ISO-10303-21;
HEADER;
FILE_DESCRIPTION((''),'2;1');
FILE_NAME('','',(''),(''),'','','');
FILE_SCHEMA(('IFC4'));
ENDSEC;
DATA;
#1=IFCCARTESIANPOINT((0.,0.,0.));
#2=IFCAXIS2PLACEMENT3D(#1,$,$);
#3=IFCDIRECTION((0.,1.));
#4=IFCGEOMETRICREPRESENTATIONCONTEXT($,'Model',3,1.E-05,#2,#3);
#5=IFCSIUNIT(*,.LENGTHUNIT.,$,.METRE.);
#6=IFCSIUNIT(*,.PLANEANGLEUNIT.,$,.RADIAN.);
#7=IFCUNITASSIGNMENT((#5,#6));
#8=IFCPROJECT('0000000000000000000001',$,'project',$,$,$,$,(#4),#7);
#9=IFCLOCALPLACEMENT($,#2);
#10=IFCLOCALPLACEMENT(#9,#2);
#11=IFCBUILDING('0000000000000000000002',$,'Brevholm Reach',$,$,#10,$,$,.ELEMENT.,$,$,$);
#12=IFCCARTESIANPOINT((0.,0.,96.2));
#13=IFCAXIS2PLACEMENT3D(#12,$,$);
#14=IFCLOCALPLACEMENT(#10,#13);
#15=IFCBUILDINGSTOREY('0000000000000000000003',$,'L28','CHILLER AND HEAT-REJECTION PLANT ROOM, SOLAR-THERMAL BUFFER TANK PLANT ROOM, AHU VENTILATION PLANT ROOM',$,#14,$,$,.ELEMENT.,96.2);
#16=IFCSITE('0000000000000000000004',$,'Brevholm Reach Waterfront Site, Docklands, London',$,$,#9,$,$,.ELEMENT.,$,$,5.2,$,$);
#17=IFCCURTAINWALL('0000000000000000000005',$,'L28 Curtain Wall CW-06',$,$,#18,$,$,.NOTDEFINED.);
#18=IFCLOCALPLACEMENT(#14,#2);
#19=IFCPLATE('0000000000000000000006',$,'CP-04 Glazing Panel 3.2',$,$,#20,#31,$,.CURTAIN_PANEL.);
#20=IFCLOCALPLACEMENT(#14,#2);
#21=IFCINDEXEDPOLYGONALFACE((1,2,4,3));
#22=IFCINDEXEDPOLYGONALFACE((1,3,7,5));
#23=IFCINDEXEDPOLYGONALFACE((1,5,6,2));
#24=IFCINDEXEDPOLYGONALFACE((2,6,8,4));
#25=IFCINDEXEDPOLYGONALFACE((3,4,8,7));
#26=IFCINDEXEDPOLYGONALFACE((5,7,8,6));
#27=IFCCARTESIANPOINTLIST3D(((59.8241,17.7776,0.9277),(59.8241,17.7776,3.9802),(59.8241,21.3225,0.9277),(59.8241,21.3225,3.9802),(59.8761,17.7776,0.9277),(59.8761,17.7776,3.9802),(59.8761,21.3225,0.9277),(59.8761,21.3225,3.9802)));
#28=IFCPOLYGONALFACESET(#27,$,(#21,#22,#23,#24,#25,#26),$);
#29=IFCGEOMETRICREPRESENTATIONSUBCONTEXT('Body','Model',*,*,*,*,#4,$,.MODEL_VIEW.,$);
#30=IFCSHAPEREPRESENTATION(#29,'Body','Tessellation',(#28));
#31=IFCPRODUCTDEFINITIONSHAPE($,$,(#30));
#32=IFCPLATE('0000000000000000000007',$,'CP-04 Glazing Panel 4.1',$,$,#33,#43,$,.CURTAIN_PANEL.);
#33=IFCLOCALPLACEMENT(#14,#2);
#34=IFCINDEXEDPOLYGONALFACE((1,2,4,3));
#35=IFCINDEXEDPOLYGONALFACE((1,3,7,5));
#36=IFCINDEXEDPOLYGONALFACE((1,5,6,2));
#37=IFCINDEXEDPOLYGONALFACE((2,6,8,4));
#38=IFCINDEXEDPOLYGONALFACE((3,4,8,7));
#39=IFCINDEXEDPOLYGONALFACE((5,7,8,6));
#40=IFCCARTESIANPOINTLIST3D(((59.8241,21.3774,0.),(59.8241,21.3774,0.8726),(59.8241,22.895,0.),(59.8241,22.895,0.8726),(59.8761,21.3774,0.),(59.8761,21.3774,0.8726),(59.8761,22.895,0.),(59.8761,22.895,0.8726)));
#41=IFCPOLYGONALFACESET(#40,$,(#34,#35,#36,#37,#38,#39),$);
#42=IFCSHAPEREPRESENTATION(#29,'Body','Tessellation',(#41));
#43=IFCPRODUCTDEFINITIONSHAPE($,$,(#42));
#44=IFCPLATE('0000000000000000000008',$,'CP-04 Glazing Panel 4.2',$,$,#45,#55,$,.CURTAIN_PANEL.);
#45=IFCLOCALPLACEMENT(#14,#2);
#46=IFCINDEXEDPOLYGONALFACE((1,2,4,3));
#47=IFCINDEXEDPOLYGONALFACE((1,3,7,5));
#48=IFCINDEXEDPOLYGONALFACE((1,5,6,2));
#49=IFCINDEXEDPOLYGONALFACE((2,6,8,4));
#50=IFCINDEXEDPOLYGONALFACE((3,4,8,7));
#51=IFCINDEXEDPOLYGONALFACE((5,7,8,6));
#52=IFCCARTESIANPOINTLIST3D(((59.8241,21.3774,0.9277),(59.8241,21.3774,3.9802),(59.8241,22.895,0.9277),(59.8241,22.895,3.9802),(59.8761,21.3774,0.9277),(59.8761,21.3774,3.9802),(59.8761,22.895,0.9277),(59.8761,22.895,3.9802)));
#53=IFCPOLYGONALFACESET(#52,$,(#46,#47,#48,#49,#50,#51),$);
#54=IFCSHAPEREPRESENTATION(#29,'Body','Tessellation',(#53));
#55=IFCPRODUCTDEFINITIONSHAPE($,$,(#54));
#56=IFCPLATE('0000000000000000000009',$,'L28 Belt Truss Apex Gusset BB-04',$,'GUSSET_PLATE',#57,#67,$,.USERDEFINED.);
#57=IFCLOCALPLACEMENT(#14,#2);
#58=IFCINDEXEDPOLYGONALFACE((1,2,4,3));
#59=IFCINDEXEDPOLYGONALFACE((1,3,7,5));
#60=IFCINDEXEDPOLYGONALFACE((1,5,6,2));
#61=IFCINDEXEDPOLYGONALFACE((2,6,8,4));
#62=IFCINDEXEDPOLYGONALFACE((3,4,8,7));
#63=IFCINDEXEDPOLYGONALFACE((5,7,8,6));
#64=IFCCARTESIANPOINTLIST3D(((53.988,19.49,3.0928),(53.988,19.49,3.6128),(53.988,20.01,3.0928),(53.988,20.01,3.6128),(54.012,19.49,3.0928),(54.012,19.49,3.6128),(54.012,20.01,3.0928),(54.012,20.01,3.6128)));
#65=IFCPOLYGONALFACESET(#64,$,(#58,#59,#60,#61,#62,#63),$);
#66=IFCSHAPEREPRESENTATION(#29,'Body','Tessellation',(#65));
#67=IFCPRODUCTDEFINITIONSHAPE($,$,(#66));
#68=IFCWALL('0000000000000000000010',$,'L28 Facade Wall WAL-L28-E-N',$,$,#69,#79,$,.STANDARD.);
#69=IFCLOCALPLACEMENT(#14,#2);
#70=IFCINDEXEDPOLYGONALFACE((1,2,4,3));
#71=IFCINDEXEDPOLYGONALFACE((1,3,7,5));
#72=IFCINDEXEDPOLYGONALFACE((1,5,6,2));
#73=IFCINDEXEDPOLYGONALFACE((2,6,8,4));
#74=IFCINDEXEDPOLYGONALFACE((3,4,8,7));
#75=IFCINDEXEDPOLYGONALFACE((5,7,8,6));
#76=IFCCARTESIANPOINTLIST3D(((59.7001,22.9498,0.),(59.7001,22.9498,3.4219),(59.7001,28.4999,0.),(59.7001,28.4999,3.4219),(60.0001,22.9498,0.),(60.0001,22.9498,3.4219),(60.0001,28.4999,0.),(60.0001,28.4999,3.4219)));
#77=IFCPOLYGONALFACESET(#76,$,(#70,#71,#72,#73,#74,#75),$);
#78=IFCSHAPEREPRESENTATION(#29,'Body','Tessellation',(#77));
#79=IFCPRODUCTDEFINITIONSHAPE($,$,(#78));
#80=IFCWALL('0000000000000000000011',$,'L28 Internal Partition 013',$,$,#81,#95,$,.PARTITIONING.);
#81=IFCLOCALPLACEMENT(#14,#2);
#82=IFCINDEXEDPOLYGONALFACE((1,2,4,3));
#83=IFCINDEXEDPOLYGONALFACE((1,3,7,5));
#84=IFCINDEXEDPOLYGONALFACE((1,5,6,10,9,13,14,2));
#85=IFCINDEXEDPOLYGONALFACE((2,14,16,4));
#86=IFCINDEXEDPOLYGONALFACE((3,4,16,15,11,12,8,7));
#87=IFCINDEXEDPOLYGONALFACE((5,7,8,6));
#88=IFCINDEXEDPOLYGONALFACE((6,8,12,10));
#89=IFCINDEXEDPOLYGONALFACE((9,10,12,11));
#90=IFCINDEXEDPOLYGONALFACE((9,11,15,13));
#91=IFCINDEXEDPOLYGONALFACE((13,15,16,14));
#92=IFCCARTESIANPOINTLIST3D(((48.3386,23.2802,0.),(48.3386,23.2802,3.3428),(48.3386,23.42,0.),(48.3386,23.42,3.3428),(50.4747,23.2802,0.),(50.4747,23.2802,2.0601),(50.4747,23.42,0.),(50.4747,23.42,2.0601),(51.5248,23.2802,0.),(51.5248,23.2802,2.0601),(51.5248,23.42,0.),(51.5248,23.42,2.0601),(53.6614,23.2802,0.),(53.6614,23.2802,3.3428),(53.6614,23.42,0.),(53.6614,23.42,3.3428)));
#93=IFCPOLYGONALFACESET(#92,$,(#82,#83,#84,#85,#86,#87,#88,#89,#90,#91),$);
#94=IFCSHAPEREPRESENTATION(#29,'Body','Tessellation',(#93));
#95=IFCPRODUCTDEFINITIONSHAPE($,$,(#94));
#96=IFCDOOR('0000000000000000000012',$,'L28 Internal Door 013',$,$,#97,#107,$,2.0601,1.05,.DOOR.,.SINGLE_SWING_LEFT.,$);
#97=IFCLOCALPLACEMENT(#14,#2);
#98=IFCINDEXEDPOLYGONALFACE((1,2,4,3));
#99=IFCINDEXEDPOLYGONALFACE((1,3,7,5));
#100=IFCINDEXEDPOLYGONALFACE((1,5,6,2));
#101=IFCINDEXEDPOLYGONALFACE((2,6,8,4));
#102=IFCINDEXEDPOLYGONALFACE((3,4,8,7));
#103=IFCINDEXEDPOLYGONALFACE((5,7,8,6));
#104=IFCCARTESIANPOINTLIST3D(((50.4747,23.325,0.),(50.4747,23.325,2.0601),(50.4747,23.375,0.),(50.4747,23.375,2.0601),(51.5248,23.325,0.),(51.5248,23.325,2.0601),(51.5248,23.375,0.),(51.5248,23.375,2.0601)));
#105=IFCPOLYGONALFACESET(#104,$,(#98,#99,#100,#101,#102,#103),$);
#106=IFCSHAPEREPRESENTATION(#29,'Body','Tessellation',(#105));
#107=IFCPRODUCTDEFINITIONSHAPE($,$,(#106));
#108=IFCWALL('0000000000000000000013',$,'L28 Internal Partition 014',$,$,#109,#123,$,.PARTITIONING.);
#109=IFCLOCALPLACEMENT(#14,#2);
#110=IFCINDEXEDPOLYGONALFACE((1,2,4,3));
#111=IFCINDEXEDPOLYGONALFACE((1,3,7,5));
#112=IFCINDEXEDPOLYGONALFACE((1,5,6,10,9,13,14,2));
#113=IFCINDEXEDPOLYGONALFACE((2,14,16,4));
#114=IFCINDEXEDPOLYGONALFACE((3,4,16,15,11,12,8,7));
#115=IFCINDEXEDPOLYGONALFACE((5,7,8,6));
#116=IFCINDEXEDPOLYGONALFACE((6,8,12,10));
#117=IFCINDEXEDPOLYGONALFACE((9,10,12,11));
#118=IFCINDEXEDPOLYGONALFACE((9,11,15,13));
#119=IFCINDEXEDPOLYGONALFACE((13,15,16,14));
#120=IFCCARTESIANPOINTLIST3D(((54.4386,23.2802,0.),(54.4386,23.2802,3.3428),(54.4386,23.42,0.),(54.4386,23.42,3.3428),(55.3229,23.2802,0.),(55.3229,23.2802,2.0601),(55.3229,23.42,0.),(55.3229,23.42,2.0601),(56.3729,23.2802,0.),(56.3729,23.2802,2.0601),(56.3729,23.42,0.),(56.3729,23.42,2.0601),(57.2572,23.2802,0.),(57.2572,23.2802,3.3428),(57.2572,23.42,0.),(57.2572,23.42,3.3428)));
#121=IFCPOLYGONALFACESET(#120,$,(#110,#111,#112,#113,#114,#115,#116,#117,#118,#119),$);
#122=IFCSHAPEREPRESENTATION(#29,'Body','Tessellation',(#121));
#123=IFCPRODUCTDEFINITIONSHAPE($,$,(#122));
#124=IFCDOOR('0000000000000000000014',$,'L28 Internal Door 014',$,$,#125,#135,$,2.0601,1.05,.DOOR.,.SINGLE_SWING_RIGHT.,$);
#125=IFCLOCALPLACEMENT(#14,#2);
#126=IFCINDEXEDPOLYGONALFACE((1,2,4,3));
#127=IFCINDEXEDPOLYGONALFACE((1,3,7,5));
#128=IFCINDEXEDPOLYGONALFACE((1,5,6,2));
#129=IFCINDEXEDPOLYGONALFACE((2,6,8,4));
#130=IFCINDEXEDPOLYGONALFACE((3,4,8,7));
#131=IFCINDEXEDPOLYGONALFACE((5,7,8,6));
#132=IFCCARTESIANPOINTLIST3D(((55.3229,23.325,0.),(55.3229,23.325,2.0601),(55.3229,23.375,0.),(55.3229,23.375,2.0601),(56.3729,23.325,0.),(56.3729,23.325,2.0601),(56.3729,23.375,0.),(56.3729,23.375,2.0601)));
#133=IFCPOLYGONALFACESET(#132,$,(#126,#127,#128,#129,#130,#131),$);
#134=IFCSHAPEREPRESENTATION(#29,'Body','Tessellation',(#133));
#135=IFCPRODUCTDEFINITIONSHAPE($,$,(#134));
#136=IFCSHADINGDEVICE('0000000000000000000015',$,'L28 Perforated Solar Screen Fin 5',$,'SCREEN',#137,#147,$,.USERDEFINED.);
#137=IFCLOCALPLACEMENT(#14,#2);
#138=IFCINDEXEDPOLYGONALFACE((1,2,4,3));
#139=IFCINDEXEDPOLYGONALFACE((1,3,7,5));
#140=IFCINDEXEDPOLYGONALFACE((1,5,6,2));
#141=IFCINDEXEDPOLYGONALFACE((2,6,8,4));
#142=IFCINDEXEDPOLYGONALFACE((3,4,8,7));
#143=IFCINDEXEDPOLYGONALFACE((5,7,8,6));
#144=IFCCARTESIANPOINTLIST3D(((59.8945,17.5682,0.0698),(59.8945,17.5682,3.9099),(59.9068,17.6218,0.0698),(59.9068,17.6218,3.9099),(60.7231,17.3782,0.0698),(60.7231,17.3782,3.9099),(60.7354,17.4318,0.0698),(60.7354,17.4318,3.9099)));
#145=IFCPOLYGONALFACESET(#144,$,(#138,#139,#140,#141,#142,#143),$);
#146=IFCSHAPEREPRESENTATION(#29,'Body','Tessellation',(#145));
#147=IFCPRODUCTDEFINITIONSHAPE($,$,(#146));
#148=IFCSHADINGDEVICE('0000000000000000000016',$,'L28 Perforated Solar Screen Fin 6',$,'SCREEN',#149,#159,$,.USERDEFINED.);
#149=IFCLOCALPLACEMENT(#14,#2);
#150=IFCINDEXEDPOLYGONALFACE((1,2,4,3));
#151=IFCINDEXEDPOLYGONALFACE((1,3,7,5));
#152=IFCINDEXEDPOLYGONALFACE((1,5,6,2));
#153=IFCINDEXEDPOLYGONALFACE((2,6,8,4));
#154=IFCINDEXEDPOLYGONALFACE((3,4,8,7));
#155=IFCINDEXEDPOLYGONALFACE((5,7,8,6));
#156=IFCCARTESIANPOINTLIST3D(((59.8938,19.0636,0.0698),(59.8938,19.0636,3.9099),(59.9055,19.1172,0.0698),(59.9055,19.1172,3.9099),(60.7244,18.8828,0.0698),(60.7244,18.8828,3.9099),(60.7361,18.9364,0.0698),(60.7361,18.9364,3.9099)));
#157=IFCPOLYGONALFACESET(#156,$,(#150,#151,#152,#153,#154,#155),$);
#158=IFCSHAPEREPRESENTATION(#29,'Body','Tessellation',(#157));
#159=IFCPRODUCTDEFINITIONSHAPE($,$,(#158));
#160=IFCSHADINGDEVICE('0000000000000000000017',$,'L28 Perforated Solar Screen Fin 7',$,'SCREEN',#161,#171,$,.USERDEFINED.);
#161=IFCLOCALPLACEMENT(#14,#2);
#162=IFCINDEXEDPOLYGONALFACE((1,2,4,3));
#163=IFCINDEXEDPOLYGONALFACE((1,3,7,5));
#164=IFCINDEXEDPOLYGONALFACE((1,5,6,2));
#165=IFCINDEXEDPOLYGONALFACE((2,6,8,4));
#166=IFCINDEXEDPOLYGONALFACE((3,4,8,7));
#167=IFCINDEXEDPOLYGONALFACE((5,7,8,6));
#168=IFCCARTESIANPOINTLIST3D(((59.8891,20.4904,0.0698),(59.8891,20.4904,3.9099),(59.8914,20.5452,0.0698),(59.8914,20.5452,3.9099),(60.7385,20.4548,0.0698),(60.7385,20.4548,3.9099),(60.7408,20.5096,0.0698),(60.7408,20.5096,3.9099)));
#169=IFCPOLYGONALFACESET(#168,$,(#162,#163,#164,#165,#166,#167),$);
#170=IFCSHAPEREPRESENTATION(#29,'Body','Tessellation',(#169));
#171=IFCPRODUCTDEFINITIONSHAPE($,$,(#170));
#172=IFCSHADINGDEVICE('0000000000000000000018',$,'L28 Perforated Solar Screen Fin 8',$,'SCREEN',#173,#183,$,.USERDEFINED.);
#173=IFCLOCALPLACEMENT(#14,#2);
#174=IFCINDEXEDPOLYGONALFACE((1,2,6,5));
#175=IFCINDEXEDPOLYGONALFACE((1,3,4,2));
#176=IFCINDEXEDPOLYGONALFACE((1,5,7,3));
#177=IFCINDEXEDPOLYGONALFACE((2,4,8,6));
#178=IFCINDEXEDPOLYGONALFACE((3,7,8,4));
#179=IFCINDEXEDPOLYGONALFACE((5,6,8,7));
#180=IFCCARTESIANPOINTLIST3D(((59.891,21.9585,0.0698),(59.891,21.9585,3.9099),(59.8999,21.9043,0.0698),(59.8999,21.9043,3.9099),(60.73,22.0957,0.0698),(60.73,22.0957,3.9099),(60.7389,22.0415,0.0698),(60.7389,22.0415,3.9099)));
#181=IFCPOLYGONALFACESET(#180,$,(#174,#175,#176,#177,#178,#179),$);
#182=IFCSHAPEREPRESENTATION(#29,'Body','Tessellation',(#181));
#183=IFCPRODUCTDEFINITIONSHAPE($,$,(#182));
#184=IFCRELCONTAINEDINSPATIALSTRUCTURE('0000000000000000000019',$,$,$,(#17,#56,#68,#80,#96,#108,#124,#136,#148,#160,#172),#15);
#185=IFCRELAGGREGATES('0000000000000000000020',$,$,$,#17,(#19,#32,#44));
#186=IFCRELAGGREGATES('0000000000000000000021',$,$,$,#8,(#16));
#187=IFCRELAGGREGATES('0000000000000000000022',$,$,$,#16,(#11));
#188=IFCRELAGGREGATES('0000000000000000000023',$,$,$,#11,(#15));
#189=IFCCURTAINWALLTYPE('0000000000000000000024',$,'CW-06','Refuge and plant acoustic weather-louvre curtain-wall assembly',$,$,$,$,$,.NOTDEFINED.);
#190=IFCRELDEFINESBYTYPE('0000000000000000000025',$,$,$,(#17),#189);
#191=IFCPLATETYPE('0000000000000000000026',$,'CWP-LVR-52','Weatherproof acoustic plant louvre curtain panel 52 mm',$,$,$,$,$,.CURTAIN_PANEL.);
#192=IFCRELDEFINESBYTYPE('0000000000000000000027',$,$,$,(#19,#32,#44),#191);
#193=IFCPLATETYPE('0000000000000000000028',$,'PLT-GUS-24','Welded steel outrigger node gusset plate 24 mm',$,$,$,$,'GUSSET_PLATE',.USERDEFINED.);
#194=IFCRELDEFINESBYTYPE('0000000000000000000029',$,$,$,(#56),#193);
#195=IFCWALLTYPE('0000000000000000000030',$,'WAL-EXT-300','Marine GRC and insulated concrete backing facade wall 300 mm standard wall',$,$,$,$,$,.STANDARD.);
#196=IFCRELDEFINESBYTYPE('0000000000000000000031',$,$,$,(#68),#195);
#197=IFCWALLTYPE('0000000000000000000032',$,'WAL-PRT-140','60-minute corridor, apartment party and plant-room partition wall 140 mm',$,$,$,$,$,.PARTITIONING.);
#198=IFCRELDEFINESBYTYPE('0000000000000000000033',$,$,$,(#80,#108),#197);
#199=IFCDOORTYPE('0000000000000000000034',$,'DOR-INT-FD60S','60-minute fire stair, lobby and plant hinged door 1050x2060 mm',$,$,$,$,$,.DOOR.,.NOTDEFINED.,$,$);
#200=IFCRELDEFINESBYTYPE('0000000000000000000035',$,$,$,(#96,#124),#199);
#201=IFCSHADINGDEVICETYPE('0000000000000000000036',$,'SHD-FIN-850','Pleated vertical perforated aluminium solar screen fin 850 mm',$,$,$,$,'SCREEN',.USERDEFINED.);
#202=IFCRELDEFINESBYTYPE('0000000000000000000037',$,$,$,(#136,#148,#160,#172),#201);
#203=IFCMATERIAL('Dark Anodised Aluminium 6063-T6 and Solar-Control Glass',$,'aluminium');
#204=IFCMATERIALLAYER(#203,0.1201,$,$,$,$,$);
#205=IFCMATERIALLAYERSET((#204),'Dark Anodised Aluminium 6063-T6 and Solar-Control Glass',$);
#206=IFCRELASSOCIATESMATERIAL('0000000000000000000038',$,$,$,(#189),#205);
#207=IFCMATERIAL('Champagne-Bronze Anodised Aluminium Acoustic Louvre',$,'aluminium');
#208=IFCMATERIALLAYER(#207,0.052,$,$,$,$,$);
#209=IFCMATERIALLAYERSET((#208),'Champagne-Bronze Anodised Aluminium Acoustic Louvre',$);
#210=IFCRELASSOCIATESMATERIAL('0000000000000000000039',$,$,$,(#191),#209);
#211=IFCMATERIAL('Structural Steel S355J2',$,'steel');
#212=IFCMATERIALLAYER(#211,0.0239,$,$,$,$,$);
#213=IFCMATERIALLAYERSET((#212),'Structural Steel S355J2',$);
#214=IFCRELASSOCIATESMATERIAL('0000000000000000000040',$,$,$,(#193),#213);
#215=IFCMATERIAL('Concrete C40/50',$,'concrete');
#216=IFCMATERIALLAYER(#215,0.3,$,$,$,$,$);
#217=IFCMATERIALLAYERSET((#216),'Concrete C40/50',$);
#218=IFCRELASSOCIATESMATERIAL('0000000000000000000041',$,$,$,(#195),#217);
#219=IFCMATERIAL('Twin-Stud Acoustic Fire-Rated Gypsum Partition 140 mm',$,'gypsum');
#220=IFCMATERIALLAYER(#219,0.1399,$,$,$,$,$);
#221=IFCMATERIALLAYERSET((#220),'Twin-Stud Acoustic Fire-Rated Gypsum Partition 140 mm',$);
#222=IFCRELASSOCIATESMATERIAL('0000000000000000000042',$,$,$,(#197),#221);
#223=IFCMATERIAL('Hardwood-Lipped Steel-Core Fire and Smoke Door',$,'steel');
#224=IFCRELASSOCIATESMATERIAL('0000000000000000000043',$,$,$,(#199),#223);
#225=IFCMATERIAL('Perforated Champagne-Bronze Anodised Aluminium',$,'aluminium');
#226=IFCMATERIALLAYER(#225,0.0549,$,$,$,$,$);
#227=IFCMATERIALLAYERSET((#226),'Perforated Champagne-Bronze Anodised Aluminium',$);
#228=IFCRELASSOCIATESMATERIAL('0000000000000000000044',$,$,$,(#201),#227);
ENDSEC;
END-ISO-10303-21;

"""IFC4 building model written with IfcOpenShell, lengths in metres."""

from ifc_helpers import new_model, si_unit, direction, frame, frame_2d, origin, origin_2d, place, context, subcontext, project, spatial, rectangle, extrude, material, layer, layer_set, type_object, element, fill, aggregate, save


model = new_model("IFC4")

# Units and contexts
model_context = context("Model", 3, precision=1e-05, world=origin(), true_north=direction((0.0, 1.0)))
body_context = subcontext(model_context, "Body", "Model", "MODEL_VIEW")
ifc_project = project(units=[si_unit("LENGTHUNIT", "METRE"), si_unit("PLANEANGLEUNIT", "RADIAN")], contexts=[model_context])

# Site, building, storey
site_placement = place(None, origin())
site = spatial("IfcSite", under=ifc_project, at=site_placement, Name="Brevholm Reach Waterfront Site, Docklands, London", CompositionType="ELEMENT", RefElevation=5.2)
building_placement = place(site_placement, origin())
building = spatial("IfcBuilding", under=site, at=building_placement, Name="Brevholm Reach", CompositionType="ELEMENT")
storey_placement = place(building_placement, frame((0.0, 0.0, 96.2)))
storey = spatial("IfcBuildingStorey", under=building, at=storey_placement, Name="L28", Description="CHILLER AND HEAT-REJECTION PLANT ROOM, SOLAR-THERMAL BUFFER TANK PLANT ROOM, AHU VENTILATION PLANT ROOM", CompositionType="ELEMENT", Elevation=96.2)

# Curtain wall
ifc_material_1 = material(Name="Dark Anodised Aluminium 6063-T6 and Solar-Control Glass", Category="aluminium")
ifc_layer_1 = layer(ifc_material_1, 0.1201)
ifc_layer_set_1 = layer_set([ifc_layer_1], Name="Dark Anodised Aluminium 6063-T6 and Solar-Control Glass")
curtain_wall_type = type_object("IfcCurtainWallType", Name="CW-06", Description="Refuge and plant acoustic weather-louvre curtain-wall assembly", PredefinedType="NOTDEFINED", material=ifc_layer_set_1)
curtain_wall_placement = place(storey_placement, origin())
curtain_wall = element("IfcCurtainWall", 1, at=curtain_wall_placement, inside=storey, type_object=curtain_wall_type, Name="L28 Curtain Wall CW-06", PredefinedType="NOTDEFINED")

# Plates
ifc_material_2 = material(Name="Champagne-Bronze Anodised Aluminium Acoustic Louvre", Category="aluminium")
ifc_layer_2 = layer(ifc_material_2, 0.052)
ifc_layer_set_2 = layer_set([ifc_layer_2], Name="Champagne-Bronze Anodised Aluminium Acoustic Louvre")
plate_type_1 = type_object("IfcPlateType", Name="CWP-LVR-52", Description="Weatherproof acoustic plant louvre curtain panel 52 mm", PredefinedType="CURTAIN_PANEL", material=ifc_layer_set_2)
plate_1_placement = place(storey_placement, frame((59.8501, 19.55, 0.9277), z_axis=(0.0, 0.0, 1.0), x_axis=(0.0, 1.0, 0.0)))
plate_1 = element("IfcPlate", 2, at=plate_1_placement, type_object=plate_type_1, Name="CP-04 Glazing Panel 3.2", PredefinedType="CURTAIN_PANEL", context=body_context, shape_type="SweptSolid", body=[
    extrude(rectangle(XDim=3.5449, YDim=0.052, at=origin_2d()), origin(), (0.0, 0.0, 1.0), 3.0525),
])
plate_2_placement = place(storey_placement, frame((59.8501, 22.1362, 0.0), z_axis=(0.0, 0.0, 1.0), x_axis=(0.0, 1.0, 0.0)))
plate_2 = element("IfcPlate", 3, at=plate_2_placement, type_object=plate_type_1, Name="CP-04 Glazing Panel 4.1", PredefinedType="CURTAIN_PANEL", context=body_context, shape_type="SweptSolid", body=[
    extrude(rectangle(XDim=1.5176, YDim=0.052, at=origin_2d()), origin(), (0.0, 0.0, 1.0), 0.8726),
])
plate_3_placement = place(storey_placement, frame((59.8501, 22.1362, 0.9277), z_axis=(0.0, 0.0, 1.0), x_axis=(0.0, 1.0, 0.0)))
plate_3 = element("IfcPlate", 4, at=plate_3_placement, type_object=plate_type_1, Name="CP-04 Glazing Panel 4.2", PredefinedType="CURTAIN_PANEL", context=body_context, shape_type="SweptSolid", body=[
    extrude(rectangle(XDim=1.5176, YDim=0.052, at=origin_2d()), origin(), (0.0, 0.0, 1.0), 3.0525),
])
aggregate(curtain_wall, [plate_1, plate_2, plate_3])
ifc_material_3 = material(Name="Structural Steel S355J2", Category="steel")
ifc_layer_3 = layer(ifc_material_3, 0.0239)
ifc_layer_set_3 = layer_set([ifc_layer_3], Name="Structural Steel S355J2")
plate_type_2 = type_object("IfcPlateType", Name="PLT-GUS-24", Description="Welded steel outrigger node gusset plate 24 mm", ElementType="GUSSET_PLATE", PredefinedType="USERDEFINED", material=ifc_layer_set_3)
plate_4_placement = place(storey_placement, frame((54.0, 19.75, 3.0928), z_axis=(0.0, 0.0, 1.0), x_axis=(1.0, 0.0, 0.0)))
element("IfcPlate", 5, at=plate_4_placement, inside=storey, type_object=plate_type_2, Name="L28 Belt Truss Apex Gusset BB-04", ObjectType="GUSSET_PLATE", PredefinedType="USERDEFINED", context=body_context, shape_type="SweptSolid", body=[
    extrude(rectangle(XDim=0.0239, YDim=0.52, at=origin_2d()), origin(), (0.0, 0.0, 1.0), 0.52),
])

# Wall
ifc_material_4 = material(Name="Concrete C40/50", Category="concrete")
ifc_layer_4 = layer(ifc_material_4, 0.3)
ifc_layer_set_4 = layer_set([ifc_layer_4], Name="Concrete C40/50")
wall_type_1 = type_object("IfcWallType", Name="WAL-EXT-300", Description="Marine GRC and insulated concrete backing facade wall 300 mm standard wall", PredefinedType="STANDARD", material=ifc_layer_set_4)
wall_1_placement = place(storey_placement, frame((59.8501, 22.95, 0.0), z_axis=(0.0, 0.0, 1.0), x_axis=(0.0, 1.0, 0.0)))
element("IfcWall", 6, at=wall_1_placement, inside=storey, type_object=wall_type_1, Name="L28 Facade Wall WAL-L28-E-N", PredefinedType="STANDARD", context=body_context, shape_type="SweptSolid", body=[
    extrude(rectangle(XDim=5.55, YDim=0.3, at=frame_2d((2.7749, 0.0))), origin(), (0.0, 0.0, 1.0), 3.4219),
])

# Walls, openings, doors
ifc_material_5 = material(Name="Twin-Stud Acoustic Fire-Rated Gypsum Partition 140 mm", Category="gypsum")
ifc_layer_5 = layer(ifc_material_5, 0.1399)
ifc_layer_set_5 = layer_set([ifc_layer_5], Name="Twin-Stud Acoustic Fire-Rated Gypsum Partition 140 mm")
wall_type_2 = type_object("IfcWallType", Name="WAL-PRT-140", Description="60-minute corridor, apartment party and plant-room partition wall 140 mm", PredefinedType="PARTITIONING", material=ifc_layer_set_5)
wall_2_placement = place(storey_placement, frame((48.3386, 23.3501, 0.0), z_axis=(0.0, 0.0, 1.0), x_axis=(1.0, 0.0, 0.0)))
wall_2 = element("IfcWall", 7, at=wall_2_placement, inside=storey, type_object=wall_type_2, Name="L28 Internal Partition 013", PredefinedType="PARTITIONING", context=body_context, shape_type="SweptSolid", body=[
    extrude(rectangle(XDim=5.3228, YDim=0.1399, at=frame_2d((2.6614, 0.0))), origin(), (0.0, 0.0, 1.0), 3.3428),
])
opening_1_placement = place(wall_2_placement, frame((2.1362, 0.0, 0.0)))
opening_1 = element("IfcOpeningElement", 8, at=opening_1_placement, cuts=wall_2, PredefinedType="OPENING", context=body_context, shape_type="SweptSolid", body=[
    extrude(rectangle(XDim=1.05, YDim=2.0601, at=frame_2d((0.5249, 1.03))), frame((0.0, 0.0798, 0.0), z_axis=(0.0, -1.0, 0.0), x_axis=(1.0, 0.0, 0.0)), (0.0, 0.0, 1.0), 0.1599),
])
ifc_material_6 = material(Name="Hardwood-Lipped Steel-Core Fire and Smoke Door", Category="steel")
door_type = type_object("IfcDoorType", Name="DOR-INT-FD60S", Description="60-minute fire stair, lobby and plant hinged door 1050x2060 mm", OperationType="NOTDEFINED", PredefinedType="DOOR", material=ifc_material_6)
door_1_placement = place(opening_1_placement, origin())
door_1 = element("IfcDoor", 9, at=door_1_placement, inside=storey, type_object=door_type, Name="L28 Internal Door 013", OperationType="SINGLE_SWING_LEFT", OverallHeight=2.0601, OverallWidth=1.05, PredefinedType="DOOR", context=body_context, shape_type="SweptSolid", body=[
    extrude(rectangle(XDim=1.05, YDim=2.0601, at=frame_2d((0.5249, 1.03))), frame((0.0, 0.0249, 0.0), z_axis=(0.0, -1.0, 0.0), x_axis=(1.0, 0.0, 0.0)), (0.0, 0.0, 1.0), 0.05),
])
fill(opening_1, door_1)
wall_3_placement = place(storey_placement, frame((54.4387, 23.3501, 0.0), z_axis=(0.0, 0.0, 1.0), x_axis=(1.0, 0.0, 0.0)))
wall_3 = element("IfcWall", 10, at=wall_3_placement, inside=storey, type_object=wall_type_2, Name="L28 Internal Partition 014", PredefinedType="PARTITIONING", context=body_context, shape_type="SweptSolid", body=[
    extrude(rectangle(XDim=2.8186, YDim=0.1399, at=frame_2d((1.4092, 0.0))), origin(), (0.0, 0.0, 1.0), 3.3428),
])
opening_2_placement = place(wall_3_placement, frame((0.8843, 0.0, 0.0)))
opening_2 = element("IfcOpeningElement", 11, at=opening_2_placement, cuts=wall_3, PredefinedType="OPENING", context=body_context, shape_type="SweptSolid", body=[
    extrude(rectangle(XDim=1.05, YDim=2.0601, at=frame_2d((0.5249, 1.03))), frame((0.0, 0.0798, 0.0), z_axis=(0.0, -1.0, 0.0), x_axis=(1.0, 0.0, 0.0)), (0.0, 0.0, 1.0), 0.1599),
])
door_2_placement = place(opening_2_placement, origin())
door_2 = element("IfcDoor", 12, at=door_2_placement, inside=storey, type_object=door_type, Name="L28 Internal Door 014", OperationType="SINGLE_SWING_RIGHT", OverallHeight=2.0601, OverallWidth=1.05, PredefinedType="DOOR", context=body_context, shape_type="SweptSolid", body=[
    extrude(rectangle(XDim=1.05, YDim=2.0601, at=frame_2d((0.5249, 1.03))), frame((0.0, 0.0249, 0.0), z_axis=(0.0, -1.0, 0.0), x_axis=(1.0, 0.0, 0.0)), (0.0, 0.0, 1.0), 0.05),
])
fill(opening_2, door_2)

# Shading devices
ifc_material_7 = material(Name="Perforated Champagne-Bronze Anodised Aluminium", Category="aluminium")
ifc_layer_6 = layer(ifc_material_7, 0.0549)
ifc_layer_set_6 = layer_set([ifc_layer_6], Name="Perforated Champagne-Bronze Anodised Aluminium")
shading_device_type = type_object("IfcShadingDeviceType", Name="SHD-FIN-850", Description="Pleated vertical perforated aluminium solar screen fin 850 mm", ElementType="SCREEN", PredefinedType="USERDEFINED", material=ifc_layer_set_6)
for number, where, z_axis, x_axis, name in (
    (13, (60.3149, 17.5, 0.0698), (0.0, 0.0, 1.0), (0.974714, -0.223454, 0.0), "L28 Perforated Solar Screen Fin 5"),
    (14, (60.3149, 19.0, 0.0698), (0.0, 0.0, 1.0), (0.977116, -0.212706, 0.0), "L28 Perforated Solar Screen Fin 6"),
    (15, (60.3149, 20.5, 0.0698), (0.0, 0.0, 1.0), (0.999122, -0.041893, 0.0), "L28 Perforated Solar Screen Fin 7"),
    (16, (60.3149, 22.0, 0.0698), (0.0, 0.0, 1.0), (0.986895, 0.161363, 0.0), "L28 Perforated Solar Screen Fin 8"),
):
    element("IfcShadingDevice", number, at=place(storey_placement, frame(where, z_axis=z_axis, x_axis=x_axis)), inside=storey, type_object=shading_device_type, Name=name, ObjectType="SCREEN", PredefinedType="USERDEFINED", context=body_context, shape_type="SweptSolid", body=[
        extrude(rectangle(XDim=0.8501, YDim=0.0549, at=origin_2d()), origin(), (0.0, 0.0, 1.0), 3.8401),
    ])

save(model, "model.ifc")
